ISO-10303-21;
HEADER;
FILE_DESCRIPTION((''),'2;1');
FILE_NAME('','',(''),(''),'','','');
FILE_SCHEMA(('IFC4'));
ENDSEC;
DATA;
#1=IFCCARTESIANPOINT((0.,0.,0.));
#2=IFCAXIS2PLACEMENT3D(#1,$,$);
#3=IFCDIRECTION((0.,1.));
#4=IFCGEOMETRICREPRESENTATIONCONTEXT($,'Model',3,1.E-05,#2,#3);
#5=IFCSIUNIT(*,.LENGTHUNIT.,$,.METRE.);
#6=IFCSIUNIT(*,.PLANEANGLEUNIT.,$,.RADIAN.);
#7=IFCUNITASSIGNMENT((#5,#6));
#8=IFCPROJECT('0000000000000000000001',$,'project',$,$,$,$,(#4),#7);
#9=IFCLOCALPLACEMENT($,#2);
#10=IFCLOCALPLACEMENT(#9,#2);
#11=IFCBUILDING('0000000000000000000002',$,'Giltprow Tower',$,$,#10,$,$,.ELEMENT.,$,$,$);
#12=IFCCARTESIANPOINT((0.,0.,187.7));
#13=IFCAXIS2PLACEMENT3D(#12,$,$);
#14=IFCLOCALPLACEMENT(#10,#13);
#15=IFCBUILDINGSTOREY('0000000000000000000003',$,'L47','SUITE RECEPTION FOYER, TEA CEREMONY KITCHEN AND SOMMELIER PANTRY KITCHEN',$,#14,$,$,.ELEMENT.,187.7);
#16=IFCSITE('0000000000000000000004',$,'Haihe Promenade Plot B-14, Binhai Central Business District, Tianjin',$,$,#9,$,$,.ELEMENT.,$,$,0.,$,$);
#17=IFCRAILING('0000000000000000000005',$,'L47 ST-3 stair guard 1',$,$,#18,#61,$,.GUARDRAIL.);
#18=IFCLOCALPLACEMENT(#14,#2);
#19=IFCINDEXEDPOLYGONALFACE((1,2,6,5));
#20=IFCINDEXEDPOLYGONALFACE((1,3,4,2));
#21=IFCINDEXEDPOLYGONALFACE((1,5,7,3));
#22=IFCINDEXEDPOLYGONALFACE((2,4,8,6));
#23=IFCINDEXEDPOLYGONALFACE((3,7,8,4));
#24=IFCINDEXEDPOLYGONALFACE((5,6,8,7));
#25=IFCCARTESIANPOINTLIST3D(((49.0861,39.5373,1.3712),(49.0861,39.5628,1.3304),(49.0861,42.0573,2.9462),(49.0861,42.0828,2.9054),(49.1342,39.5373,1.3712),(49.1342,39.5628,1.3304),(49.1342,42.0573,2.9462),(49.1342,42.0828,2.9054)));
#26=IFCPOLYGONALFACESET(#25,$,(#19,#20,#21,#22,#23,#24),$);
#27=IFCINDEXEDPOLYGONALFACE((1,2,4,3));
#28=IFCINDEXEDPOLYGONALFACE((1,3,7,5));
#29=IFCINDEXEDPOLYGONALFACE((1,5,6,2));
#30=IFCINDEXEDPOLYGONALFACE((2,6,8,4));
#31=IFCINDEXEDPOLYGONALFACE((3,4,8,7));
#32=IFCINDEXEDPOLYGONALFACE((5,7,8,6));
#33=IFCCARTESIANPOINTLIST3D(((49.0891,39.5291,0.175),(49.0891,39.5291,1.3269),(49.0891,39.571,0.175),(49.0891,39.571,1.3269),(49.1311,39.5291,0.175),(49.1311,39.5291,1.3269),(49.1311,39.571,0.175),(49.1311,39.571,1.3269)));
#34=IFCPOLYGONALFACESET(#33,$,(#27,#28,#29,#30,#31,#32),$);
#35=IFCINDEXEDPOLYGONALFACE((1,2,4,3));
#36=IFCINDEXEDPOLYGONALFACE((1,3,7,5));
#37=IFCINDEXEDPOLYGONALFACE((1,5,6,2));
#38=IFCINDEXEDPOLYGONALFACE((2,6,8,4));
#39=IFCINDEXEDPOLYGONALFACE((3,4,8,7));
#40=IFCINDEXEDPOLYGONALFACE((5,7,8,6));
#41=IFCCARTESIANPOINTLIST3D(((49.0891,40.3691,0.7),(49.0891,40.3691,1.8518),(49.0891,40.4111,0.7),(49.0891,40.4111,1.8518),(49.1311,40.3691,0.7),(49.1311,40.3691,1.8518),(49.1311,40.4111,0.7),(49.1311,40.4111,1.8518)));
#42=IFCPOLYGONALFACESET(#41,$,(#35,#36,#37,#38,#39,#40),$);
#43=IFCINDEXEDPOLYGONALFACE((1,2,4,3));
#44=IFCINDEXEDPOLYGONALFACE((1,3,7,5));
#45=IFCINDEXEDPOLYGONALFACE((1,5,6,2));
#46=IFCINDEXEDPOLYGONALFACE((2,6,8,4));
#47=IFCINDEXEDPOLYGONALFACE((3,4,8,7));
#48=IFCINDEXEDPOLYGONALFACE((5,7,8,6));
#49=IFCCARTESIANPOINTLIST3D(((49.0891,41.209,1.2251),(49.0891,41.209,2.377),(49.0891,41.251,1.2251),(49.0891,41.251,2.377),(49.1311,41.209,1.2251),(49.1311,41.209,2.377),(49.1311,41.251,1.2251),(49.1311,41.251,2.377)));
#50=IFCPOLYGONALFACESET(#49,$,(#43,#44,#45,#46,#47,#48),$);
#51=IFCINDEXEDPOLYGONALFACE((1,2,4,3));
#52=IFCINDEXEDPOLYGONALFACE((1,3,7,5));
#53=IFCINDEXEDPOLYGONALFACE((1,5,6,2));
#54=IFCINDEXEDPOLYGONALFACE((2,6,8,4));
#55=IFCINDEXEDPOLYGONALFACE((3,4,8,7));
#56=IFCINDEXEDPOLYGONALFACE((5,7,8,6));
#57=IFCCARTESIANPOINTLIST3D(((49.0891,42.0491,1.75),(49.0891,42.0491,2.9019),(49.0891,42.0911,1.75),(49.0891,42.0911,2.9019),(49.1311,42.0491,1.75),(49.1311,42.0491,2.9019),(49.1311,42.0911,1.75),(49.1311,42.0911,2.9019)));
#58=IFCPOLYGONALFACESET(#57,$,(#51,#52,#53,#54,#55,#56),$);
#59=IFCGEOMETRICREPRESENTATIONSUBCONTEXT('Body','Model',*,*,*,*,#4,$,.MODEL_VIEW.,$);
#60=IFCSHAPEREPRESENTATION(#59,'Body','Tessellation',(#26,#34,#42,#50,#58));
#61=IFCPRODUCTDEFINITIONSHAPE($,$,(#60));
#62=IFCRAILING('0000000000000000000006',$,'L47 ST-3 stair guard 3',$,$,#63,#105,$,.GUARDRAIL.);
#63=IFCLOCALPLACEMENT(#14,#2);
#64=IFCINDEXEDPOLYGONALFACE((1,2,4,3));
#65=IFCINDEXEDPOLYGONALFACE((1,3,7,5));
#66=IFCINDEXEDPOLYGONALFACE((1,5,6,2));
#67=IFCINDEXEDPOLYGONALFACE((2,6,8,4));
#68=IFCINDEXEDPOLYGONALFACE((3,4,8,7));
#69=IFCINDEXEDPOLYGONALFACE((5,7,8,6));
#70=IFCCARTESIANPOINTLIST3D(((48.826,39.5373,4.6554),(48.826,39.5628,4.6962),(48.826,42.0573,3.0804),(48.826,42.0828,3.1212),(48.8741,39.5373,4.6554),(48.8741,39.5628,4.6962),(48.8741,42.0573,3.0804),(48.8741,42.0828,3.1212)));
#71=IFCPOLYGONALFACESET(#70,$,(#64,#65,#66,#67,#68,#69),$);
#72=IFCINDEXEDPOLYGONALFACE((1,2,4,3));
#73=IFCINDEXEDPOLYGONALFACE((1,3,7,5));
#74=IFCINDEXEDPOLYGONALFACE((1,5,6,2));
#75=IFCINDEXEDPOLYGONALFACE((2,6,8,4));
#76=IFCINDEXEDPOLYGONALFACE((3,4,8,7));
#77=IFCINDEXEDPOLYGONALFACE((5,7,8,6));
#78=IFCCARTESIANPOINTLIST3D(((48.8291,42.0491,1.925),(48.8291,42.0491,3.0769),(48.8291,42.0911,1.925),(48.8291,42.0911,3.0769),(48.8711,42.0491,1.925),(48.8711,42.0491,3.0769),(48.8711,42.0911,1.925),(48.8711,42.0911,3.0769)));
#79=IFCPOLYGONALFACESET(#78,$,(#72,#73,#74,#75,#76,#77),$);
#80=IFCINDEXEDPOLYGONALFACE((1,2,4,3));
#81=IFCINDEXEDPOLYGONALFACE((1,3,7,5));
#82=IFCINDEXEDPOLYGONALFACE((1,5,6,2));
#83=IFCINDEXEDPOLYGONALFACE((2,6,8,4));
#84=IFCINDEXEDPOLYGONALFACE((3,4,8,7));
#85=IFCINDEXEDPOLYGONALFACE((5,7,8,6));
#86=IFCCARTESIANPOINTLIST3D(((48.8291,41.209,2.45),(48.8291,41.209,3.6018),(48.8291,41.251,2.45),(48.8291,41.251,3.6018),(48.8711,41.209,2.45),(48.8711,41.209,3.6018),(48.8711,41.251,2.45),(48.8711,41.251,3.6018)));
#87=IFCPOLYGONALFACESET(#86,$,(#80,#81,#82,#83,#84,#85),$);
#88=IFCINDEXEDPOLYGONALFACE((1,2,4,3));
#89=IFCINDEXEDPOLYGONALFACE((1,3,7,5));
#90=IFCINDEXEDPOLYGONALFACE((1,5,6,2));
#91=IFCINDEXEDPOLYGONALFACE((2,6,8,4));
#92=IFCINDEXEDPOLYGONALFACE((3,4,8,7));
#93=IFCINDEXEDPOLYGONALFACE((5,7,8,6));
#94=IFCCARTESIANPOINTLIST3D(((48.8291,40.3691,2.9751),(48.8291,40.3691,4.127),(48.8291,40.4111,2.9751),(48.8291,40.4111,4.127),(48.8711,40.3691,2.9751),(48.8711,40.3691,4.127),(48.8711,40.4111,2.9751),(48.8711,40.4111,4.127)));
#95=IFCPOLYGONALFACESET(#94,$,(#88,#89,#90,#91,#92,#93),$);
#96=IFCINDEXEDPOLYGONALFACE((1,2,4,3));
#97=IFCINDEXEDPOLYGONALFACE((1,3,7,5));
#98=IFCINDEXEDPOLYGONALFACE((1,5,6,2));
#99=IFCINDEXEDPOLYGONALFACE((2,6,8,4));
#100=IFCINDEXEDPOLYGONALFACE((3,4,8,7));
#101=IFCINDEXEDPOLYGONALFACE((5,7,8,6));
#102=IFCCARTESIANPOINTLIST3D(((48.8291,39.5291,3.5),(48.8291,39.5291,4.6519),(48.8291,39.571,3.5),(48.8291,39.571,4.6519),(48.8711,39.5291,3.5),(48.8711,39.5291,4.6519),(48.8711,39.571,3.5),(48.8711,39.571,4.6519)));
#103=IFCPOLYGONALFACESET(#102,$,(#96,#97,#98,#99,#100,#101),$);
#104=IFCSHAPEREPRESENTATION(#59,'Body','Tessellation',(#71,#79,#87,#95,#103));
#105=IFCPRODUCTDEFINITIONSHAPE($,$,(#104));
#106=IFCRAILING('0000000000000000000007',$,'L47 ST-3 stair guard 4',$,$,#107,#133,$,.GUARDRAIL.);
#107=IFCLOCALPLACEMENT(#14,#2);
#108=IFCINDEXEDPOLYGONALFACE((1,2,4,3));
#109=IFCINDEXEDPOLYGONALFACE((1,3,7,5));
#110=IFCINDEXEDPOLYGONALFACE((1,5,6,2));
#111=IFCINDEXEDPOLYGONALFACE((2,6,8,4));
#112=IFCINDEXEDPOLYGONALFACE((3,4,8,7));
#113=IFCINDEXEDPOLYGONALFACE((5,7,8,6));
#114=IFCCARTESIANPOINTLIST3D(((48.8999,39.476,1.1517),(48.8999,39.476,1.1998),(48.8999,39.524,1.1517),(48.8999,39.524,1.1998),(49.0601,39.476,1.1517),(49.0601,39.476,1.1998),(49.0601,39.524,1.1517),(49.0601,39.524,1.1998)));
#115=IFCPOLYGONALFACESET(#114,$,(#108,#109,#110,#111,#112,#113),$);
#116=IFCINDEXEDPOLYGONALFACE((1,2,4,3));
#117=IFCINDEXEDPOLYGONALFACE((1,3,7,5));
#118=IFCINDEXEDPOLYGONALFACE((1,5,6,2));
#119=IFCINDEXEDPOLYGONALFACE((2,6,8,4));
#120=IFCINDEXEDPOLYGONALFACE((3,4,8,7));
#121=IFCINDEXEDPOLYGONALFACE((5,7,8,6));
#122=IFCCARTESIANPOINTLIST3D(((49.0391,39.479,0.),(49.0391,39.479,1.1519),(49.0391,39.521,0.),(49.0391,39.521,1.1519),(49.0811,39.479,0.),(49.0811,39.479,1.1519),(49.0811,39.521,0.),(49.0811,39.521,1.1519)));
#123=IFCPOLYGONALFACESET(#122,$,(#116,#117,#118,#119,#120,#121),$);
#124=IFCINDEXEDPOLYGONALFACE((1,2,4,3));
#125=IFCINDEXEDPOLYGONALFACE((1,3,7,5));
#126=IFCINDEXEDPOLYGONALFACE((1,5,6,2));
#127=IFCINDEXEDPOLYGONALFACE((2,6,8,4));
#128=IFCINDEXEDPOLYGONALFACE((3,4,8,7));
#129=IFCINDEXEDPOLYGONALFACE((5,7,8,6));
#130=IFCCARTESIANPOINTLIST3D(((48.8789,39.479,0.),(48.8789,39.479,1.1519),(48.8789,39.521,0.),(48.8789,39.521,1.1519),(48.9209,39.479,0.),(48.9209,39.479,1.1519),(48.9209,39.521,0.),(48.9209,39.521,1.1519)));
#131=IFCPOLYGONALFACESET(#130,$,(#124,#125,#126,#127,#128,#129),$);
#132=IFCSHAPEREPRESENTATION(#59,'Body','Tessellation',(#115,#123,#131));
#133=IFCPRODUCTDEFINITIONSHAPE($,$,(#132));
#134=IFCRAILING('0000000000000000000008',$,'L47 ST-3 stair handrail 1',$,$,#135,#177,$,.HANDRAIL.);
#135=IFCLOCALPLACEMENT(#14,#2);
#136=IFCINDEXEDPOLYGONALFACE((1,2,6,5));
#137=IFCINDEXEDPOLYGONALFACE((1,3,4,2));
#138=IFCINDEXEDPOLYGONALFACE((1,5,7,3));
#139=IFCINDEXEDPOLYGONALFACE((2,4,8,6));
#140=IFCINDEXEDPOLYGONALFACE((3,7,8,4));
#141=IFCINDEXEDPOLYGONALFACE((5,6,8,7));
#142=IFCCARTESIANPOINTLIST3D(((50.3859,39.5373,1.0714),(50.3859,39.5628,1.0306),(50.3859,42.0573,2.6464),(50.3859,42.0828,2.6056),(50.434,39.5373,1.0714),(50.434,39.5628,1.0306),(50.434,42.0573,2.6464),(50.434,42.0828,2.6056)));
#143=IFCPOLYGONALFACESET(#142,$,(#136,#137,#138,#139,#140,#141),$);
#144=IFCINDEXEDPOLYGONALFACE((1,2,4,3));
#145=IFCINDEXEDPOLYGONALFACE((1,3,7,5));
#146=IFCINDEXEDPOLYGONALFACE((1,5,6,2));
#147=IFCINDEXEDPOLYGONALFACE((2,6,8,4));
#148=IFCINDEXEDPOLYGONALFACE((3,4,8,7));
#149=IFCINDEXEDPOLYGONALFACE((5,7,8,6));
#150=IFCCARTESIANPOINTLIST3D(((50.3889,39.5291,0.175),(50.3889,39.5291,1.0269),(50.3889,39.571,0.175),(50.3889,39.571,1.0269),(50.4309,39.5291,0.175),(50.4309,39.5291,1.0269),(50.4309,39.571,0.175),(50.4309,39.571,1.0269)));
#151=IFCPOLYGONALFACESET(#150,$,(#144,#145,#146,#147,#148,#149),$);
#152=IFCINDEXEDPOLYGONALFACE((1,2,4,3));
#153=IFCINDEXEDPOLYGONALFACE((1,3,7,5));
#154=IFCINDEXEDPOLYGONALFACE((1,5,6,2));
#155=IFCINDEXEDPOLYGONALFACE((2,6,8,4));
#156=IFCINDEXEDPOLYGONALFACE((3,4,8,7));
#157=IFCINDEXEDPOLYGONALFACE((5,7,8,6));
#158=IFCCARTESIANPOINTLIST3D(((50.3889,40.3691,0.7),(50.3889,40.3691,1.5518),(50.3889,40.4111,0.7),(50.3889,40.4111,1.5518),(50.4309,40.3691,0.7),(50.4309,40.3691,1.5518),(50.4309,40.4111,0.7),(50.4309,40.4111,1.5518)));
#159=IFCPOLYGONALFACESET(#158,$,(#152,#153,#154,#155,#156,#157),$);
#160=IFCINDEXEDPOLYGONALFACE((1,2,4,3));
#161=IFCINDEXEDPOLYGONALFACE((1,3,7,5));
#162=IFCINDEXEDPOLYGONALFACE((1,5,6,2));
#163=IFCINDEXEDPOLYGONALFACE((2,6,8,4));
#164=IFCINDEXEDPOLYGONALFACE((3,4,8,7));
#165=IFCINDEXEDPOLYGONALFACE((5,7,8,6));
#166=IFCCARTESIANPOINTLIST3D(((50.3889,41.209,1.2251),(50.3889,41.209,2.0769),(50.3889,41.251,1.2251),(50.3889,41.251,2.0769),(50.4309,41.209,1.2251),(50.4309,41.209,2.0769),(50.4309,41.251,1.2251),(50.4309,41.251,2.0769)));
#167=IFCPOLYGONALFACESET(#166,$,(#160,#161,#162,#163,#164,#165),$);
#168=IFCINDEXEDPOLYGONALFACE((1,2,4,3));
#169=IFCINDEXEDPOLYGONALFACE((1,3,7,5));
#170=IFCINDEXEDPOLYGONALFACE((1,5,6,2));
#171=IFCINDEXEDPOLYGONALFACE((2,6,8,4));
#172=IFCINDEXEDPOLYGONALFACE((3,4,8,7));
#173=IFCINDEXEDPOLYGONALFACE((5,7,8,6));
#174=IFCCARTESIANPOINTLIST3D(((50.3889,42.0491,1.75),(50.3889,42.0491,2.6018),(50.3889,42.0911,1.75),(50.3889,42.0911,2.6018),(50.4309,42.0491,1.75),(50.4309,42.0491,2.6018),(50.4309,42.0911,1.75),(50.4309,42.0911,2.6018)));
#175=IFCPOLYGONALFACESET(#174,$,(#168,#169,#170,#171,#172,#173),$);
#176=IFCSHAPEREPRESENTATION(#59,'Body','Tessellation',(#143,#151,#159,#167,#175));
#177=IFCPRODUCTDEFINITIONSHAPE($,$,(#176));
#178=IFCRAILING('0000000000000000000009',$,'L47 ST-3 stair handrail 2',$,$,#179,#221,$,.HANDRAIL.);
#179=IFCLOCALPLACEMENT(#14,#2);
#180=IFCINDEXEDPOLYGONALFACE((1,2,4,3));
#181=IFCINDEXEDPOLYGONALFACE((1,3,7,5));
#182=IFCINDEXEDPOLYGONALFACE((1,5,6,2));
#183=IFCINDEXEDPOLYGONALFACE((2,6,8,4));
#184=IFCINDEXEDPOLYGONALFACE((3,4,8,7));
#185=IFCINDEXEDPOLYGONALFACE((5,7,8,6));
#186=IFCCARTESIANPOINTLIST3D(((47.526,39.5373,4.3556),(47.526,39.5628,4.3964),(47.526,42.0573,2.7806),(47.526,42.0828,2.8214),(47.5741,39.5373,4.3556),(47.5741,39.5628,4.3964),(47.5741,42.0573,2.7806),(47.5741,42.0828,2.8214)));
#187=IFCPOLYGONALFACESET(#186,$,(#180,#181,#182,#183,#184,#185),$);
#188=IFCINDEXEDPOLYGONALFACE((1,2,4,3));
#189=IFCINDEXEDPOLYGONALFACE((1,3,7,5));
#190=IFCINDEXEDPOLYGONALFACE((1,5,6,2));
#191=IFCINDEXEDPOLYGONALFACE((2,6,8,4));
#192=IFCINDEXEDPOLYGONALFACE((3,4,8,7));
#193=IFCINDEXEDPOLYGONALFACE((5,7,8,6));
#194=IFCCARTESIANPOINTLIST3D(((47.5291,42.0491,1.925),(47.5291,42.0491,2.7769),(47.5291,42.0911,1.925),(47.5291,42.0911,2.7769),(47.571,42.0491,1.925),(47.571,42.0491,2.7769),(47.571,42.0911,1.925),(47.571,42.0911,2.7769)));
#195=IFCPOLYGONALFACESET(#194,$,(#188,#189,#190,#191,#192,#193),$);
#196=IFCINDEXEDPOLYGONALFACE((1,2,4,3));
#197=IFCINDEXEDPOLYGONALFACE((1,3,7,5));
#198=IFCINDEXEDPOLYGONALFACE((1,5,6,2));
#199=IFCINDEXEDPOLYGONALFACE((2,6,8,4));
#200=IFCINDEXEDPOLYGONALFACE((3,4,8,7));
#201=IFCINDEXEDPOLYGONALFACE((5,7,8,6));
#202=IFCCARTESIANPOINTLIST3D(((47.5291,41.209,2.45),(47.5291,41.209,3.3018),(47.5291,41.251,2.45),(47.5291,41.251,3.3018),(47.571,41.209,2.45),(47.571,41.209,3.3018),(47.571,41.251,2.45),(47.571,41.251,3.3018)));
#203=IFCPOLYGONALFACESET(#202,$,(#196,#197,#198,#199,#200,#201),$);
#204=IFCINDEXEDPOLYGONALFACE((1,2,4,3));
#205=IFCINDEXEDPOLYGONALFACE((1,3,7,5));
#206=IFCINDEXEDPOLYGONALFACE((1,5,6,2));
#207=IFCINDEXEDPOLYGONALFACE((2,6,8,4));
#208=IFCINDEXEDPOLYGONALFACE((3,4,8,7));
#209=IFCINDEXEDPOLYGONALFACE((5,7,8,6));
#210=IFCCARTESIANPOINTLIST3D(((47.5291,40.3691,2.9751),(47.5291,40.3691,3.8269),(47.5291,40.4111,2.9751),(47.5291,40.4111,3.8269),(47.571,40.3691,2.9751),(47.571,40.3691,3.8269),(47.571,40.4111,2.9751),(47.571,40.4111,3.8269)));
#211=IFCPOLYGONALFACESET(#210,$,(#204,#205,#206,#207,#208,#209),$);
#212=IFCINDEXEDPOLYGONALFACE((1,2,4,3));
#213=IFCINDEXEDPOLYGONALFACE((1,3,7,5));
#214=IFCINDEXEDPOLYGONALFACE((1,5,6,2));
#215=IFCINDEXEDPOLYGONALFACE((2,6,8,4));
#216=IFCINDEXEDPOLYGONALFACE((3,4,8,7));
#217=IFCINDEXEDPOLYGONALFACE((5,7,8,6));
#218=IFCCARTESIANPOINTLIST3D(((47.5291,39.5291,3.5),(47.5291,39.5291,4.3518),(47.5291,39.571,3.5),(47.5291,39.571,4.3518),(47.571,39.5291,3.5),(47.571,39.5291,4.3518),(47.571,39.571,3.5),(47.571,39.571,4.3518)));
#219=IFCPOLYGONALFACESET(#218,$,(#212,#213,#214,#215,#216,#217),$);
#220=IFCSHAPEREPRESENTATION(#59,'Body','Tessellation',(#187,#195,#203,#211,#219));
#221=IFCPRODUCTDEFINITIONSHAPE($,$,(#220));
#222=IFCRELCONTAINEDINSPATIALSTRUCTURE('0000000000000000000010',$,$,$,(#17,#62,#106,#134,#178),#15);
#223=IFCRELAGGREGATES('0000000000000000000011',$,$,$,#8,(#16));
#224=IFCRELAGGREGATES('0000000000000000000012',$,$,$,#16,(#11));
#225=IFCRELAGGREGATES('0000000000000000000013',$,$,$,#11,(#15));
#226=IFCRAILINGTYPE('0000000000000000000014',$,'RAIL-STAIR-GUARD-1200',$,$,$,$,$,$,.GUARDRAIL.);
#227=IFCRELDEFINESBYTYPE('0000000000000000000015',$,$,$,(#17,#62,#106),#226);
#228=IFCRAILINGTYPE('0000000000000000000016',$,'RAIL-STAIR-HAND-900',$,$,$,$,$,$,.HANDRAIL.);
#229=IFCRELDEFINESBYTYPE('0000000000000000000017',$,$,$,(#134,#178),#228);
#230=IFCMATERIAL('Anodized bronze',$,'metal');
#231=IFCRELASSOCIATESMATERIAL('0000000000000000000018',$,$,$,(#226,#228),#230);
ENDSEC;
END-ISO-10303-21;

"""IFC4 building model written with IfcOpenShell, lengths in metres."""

from ifc_helpers import new_model, si_unit, direction, frame, origin, origin_2d, place, context, subcontext, project, spatial, rectangle, extrude, material, type_object, element, save


model = new_model("IFC4")

# Units and contexts
model_context = context("Model", 3, precision=1e-05, world=origin(), true_north=direction((0.0, 1.0)))
body_context = subcontext(model_context, "Body", "Model", "MODEL_VIEW")
ifc_project = project(units=[si_unit("LENGTHUNIT", "METRE"), si_unit("PLANEANGLEUNIT", "RADIAN")], contexts=[model_context])

# Site, building, storey
site_placement = place(None, origin())
site = spatial("IfcSite", under=ifc_project, at=site_placement, Name="Haihe Promenade Plot B-14, Binhai Central Business District, Tianjin", CompositionType="ELEMENT", RefElevation=0.0)
building_placement = place(site_placement, origin())
building = spatial("IfcBuilding", under=site, at=building_placement, Name="Giltprow Tower", CompositionType="ELEMENT")
storey_placement = place(building_placement, frame((0.0, 0.0, 187.7)))
storey = spatial("IfcBuildingStorey", under=building, at=storey_placement, Name="L47", Description="SUITE RECEPTION FOYER, TEA CEREMONY KITCHEN AND SOMMELIER PANTRY KITCHEN", CompositionType="ELEMENT", Elevation=187.7)

# Railings
ifc_material_1 = material(Name="Anodized bronze", Category="metal")
railing_type_1 = type_object("IfcRailingType", Name="RAIL-STAIR-GUARD-1200", PredefinedType="GUARDRAIL", material=ifc_material_1)
railing_1_placement = place(storey_placement, frame((49.1101, 39.55, 0.175)))
element("IfcRailing", 1, at=railing_1_placement, inside=storey, type_object=railing_type_1, Name="L47 ST-3 stair guard 1", PredefinedType="GUARDRAIL", context=body_context, shape_type="SweptSolid", body=[
    extrude(rectangle(XDim=0.0481, YDim=0.0481, at=origin_2d()), frame((0.0, 0.0, 1.1758), z_axis=(0.0, 0.848008, 0.529984), x_axis=(-1.0, 0.0, 0.0)), (0.0, 0.0, 1.0), 2.9717),
    extrude(rectangle(XDim=0.042, YDim=0.042, at=origin_2d()), origin(), (0.0, 0.0, 1.0), 1.1519),
    extrude(rectangle(XDim=0.042, YDim=0.042, at=origin_2d()), frame((0.0, 0.8401, 0.5249)), (0.0, 0.0, 1.0), 1.1519),
    extrude(rectangle(XDim=0.042, YDim=0.042, at=origin_2d()), frame((0.0, 1.6799, 1.05)), (0.0, 0.0, 1.0), 1.1519),
    extrude(rectangle(XDim=0.042, YDim=0.042, at=origin_2d()), frame((0.0, 2.52, 1.575)), (0.0, 0.0, 1.0), 1.1519),
])
railing_2_placement = place(storey_placement, frame((48.8501, 42.0701, 1.925)))
element("IfcRailing", 2, at=railing_2_placement, inside=storey, type_object=railing_type_1, Name="L47 ST-3 stair guard 3", PredefinedType="GUARDRAIL", context=body_context, shape_type="SweptSolid", body=[
    extrude(rectangle(XDim=0.0481, YDim=0.0481, at=origin_2d()), frame((0.0, 0.0, 1.1758), z_axis=(0.0, -0.848008, 0.529984), x_axis=(1.0, 0.0, 0.0)), (0.0, 0.0, 1.0), 2.9717),
    extrude(rectangle(XDim=0.042, YDim=0.042, at=origin_2d()), origin(), (0.0, 0.0, 1.0), 1.1519),
    extrude(rectangle(XDim=0.042, YDim=0.042, at=origin_2d()), frame((0.0, -0.8401, 0.5249)), (0.0, 0.0, 1.0), 1.1519),
    extrude(rectangle(XDim=0.042, YDim=0.042, at=origin_2d()), frame((0.0, -1.6799, 1.05)), (0.0, 0.0, 1.0), 1.1519),
    extrude(rectangle(XDim=0.042, YDim=0.042, at=origin_2d()), frame((0.0, -2.52, 1.575)), (0.0, 0.0, 1.0), 1.1519),
])
railing_3_placement = place(storey_placement, frame((49.0601, 39.5, 0.0)))
element("IfcRailing", 3, at=railing_3_placement, inside=storey, type_object=railing_type_1, Name="L47 ST-3 stair guard 4", PredefinedType="GUARDRAIL", context=body_context, shape_type="SweptSolid", body=[
    extrude(rectangle(XDim=0.0481, YDim=0.0481, at=origin_2d()), frame((0.0, 0.0, 1.1758), z_axis=(-1.0, 0.0, 0.0), x_axis=(0.0, -1.0, 0.0)), (0.0, 0.0, 1.0), 0.1602),
    extrude(rectangle(XDim=0.042, YDim=0.042, at=origin_2d()), origin(), (0.0, 0.0, 1.0), 1.1519),
    extrude(rectangle(XDim=0.042, YDim=0.042, at=origin_2d()), frame((-0.1602, 0.0, 0.0)), (0.0, 0.0, 1.0), 1.1519),
])
railing_type_2 = type_object("IfcRailingType", Name="RAIL-STAIR-HAND-900", PredefinedType="HANDRAIL", material=ifc_material_1)
railing_4_placement = place(storey_placement, frame((50.4099, 39.55, 0.175)))
element("IfcRailing", 4, at=railing_4_placement, inside=storey, type_object=railing_type_2, Name="L47 ST-3 stair handrail 1", PredefinedType="HANDRAIL", context=body_context, shape_type="SweptSolid", body=[
    extrude(rectangle(XDim=0.0481, YDim=0.0481, at=origin_2d()), frame((0.0, 0.0, 0.876), z_axis=(0.0, 0.848008, 0.529984), x_axis=(-1.0, 0.0, 0.0)), (0.0, 0.0, 1.0), 2.9717),
    extrude(rectangle(XDim=0.042, YDim=0.042, at=origin_2d()), origin(), (0.0, 0.0, 1.0), 0.8518),
    extrude(rectangle(XDim=0.042, YDim=0.042, at=origin_2d()), frame((0.0, 0.8401, 0.5249)), (0.0, 0.0, 1.0), 0.8518),
    extrude(rectangle(XDim=0.042, YDim=0.042, at=origin_2d()), frame((0.0, 1.6799, 1.05)), (0.0, 0.0, 1.0), 0.8518),
    extrude(rectangle(XDim=0.042, YDim=0.042, at=origin_2d()), frame((0.0, 2.52, 1.575)), (0.0, 0.0, 1.0), 0.8518),
])
railing_5_placement = place(storey_placement, frame((47.55, 42.0701, 1.925)))
element("IfcRailing", 5, at=railing_5_placement, inside=storey, type_object=railing_type_2, Name="L47 ST-3 stair handrail 2", PredefinedType="HANDRAIL", context=body_context, shape_type="SweptSolid", body=[
    extrude(rectangle(XDim=0.0481, YDim=0.0481, at=origin_2d()), frame((0.0, 0.0, 0.876), z_axis=(0.0, -0.848008, 0.529984), x_axis=(1.0, 0.0, 0.0)), (0.0, 0.0, 1.0), 2.9717),
    extrude(rectangle(XDim=0.042, YDim=0.042, at=origin_2d()), origin(), (0.0, 0.0, 1.0), 0.8518),
    extrude(rectangle(XDim=0.042, YDim=0.042, at=origin_2d()), frame((0.0, -0.8401, 0.5249)), (0.0, 0.0, 1.0), 0.8518),
    extrude(rectangle(XDim=0.042, YDim=0.042, at=origin_2d()), frame((0.0, -1.6799, 1.05)), (0.0, 0.0, 1.0), 0.8518),
    extrude(rectangle(XDim=0.042, YDim=0.042, at=origin_2d()), frame((0.0, -2.52, 1.575)), (0.0, 0.0, 1.0), 0.8518),
])

save(model, "model.ifc")
